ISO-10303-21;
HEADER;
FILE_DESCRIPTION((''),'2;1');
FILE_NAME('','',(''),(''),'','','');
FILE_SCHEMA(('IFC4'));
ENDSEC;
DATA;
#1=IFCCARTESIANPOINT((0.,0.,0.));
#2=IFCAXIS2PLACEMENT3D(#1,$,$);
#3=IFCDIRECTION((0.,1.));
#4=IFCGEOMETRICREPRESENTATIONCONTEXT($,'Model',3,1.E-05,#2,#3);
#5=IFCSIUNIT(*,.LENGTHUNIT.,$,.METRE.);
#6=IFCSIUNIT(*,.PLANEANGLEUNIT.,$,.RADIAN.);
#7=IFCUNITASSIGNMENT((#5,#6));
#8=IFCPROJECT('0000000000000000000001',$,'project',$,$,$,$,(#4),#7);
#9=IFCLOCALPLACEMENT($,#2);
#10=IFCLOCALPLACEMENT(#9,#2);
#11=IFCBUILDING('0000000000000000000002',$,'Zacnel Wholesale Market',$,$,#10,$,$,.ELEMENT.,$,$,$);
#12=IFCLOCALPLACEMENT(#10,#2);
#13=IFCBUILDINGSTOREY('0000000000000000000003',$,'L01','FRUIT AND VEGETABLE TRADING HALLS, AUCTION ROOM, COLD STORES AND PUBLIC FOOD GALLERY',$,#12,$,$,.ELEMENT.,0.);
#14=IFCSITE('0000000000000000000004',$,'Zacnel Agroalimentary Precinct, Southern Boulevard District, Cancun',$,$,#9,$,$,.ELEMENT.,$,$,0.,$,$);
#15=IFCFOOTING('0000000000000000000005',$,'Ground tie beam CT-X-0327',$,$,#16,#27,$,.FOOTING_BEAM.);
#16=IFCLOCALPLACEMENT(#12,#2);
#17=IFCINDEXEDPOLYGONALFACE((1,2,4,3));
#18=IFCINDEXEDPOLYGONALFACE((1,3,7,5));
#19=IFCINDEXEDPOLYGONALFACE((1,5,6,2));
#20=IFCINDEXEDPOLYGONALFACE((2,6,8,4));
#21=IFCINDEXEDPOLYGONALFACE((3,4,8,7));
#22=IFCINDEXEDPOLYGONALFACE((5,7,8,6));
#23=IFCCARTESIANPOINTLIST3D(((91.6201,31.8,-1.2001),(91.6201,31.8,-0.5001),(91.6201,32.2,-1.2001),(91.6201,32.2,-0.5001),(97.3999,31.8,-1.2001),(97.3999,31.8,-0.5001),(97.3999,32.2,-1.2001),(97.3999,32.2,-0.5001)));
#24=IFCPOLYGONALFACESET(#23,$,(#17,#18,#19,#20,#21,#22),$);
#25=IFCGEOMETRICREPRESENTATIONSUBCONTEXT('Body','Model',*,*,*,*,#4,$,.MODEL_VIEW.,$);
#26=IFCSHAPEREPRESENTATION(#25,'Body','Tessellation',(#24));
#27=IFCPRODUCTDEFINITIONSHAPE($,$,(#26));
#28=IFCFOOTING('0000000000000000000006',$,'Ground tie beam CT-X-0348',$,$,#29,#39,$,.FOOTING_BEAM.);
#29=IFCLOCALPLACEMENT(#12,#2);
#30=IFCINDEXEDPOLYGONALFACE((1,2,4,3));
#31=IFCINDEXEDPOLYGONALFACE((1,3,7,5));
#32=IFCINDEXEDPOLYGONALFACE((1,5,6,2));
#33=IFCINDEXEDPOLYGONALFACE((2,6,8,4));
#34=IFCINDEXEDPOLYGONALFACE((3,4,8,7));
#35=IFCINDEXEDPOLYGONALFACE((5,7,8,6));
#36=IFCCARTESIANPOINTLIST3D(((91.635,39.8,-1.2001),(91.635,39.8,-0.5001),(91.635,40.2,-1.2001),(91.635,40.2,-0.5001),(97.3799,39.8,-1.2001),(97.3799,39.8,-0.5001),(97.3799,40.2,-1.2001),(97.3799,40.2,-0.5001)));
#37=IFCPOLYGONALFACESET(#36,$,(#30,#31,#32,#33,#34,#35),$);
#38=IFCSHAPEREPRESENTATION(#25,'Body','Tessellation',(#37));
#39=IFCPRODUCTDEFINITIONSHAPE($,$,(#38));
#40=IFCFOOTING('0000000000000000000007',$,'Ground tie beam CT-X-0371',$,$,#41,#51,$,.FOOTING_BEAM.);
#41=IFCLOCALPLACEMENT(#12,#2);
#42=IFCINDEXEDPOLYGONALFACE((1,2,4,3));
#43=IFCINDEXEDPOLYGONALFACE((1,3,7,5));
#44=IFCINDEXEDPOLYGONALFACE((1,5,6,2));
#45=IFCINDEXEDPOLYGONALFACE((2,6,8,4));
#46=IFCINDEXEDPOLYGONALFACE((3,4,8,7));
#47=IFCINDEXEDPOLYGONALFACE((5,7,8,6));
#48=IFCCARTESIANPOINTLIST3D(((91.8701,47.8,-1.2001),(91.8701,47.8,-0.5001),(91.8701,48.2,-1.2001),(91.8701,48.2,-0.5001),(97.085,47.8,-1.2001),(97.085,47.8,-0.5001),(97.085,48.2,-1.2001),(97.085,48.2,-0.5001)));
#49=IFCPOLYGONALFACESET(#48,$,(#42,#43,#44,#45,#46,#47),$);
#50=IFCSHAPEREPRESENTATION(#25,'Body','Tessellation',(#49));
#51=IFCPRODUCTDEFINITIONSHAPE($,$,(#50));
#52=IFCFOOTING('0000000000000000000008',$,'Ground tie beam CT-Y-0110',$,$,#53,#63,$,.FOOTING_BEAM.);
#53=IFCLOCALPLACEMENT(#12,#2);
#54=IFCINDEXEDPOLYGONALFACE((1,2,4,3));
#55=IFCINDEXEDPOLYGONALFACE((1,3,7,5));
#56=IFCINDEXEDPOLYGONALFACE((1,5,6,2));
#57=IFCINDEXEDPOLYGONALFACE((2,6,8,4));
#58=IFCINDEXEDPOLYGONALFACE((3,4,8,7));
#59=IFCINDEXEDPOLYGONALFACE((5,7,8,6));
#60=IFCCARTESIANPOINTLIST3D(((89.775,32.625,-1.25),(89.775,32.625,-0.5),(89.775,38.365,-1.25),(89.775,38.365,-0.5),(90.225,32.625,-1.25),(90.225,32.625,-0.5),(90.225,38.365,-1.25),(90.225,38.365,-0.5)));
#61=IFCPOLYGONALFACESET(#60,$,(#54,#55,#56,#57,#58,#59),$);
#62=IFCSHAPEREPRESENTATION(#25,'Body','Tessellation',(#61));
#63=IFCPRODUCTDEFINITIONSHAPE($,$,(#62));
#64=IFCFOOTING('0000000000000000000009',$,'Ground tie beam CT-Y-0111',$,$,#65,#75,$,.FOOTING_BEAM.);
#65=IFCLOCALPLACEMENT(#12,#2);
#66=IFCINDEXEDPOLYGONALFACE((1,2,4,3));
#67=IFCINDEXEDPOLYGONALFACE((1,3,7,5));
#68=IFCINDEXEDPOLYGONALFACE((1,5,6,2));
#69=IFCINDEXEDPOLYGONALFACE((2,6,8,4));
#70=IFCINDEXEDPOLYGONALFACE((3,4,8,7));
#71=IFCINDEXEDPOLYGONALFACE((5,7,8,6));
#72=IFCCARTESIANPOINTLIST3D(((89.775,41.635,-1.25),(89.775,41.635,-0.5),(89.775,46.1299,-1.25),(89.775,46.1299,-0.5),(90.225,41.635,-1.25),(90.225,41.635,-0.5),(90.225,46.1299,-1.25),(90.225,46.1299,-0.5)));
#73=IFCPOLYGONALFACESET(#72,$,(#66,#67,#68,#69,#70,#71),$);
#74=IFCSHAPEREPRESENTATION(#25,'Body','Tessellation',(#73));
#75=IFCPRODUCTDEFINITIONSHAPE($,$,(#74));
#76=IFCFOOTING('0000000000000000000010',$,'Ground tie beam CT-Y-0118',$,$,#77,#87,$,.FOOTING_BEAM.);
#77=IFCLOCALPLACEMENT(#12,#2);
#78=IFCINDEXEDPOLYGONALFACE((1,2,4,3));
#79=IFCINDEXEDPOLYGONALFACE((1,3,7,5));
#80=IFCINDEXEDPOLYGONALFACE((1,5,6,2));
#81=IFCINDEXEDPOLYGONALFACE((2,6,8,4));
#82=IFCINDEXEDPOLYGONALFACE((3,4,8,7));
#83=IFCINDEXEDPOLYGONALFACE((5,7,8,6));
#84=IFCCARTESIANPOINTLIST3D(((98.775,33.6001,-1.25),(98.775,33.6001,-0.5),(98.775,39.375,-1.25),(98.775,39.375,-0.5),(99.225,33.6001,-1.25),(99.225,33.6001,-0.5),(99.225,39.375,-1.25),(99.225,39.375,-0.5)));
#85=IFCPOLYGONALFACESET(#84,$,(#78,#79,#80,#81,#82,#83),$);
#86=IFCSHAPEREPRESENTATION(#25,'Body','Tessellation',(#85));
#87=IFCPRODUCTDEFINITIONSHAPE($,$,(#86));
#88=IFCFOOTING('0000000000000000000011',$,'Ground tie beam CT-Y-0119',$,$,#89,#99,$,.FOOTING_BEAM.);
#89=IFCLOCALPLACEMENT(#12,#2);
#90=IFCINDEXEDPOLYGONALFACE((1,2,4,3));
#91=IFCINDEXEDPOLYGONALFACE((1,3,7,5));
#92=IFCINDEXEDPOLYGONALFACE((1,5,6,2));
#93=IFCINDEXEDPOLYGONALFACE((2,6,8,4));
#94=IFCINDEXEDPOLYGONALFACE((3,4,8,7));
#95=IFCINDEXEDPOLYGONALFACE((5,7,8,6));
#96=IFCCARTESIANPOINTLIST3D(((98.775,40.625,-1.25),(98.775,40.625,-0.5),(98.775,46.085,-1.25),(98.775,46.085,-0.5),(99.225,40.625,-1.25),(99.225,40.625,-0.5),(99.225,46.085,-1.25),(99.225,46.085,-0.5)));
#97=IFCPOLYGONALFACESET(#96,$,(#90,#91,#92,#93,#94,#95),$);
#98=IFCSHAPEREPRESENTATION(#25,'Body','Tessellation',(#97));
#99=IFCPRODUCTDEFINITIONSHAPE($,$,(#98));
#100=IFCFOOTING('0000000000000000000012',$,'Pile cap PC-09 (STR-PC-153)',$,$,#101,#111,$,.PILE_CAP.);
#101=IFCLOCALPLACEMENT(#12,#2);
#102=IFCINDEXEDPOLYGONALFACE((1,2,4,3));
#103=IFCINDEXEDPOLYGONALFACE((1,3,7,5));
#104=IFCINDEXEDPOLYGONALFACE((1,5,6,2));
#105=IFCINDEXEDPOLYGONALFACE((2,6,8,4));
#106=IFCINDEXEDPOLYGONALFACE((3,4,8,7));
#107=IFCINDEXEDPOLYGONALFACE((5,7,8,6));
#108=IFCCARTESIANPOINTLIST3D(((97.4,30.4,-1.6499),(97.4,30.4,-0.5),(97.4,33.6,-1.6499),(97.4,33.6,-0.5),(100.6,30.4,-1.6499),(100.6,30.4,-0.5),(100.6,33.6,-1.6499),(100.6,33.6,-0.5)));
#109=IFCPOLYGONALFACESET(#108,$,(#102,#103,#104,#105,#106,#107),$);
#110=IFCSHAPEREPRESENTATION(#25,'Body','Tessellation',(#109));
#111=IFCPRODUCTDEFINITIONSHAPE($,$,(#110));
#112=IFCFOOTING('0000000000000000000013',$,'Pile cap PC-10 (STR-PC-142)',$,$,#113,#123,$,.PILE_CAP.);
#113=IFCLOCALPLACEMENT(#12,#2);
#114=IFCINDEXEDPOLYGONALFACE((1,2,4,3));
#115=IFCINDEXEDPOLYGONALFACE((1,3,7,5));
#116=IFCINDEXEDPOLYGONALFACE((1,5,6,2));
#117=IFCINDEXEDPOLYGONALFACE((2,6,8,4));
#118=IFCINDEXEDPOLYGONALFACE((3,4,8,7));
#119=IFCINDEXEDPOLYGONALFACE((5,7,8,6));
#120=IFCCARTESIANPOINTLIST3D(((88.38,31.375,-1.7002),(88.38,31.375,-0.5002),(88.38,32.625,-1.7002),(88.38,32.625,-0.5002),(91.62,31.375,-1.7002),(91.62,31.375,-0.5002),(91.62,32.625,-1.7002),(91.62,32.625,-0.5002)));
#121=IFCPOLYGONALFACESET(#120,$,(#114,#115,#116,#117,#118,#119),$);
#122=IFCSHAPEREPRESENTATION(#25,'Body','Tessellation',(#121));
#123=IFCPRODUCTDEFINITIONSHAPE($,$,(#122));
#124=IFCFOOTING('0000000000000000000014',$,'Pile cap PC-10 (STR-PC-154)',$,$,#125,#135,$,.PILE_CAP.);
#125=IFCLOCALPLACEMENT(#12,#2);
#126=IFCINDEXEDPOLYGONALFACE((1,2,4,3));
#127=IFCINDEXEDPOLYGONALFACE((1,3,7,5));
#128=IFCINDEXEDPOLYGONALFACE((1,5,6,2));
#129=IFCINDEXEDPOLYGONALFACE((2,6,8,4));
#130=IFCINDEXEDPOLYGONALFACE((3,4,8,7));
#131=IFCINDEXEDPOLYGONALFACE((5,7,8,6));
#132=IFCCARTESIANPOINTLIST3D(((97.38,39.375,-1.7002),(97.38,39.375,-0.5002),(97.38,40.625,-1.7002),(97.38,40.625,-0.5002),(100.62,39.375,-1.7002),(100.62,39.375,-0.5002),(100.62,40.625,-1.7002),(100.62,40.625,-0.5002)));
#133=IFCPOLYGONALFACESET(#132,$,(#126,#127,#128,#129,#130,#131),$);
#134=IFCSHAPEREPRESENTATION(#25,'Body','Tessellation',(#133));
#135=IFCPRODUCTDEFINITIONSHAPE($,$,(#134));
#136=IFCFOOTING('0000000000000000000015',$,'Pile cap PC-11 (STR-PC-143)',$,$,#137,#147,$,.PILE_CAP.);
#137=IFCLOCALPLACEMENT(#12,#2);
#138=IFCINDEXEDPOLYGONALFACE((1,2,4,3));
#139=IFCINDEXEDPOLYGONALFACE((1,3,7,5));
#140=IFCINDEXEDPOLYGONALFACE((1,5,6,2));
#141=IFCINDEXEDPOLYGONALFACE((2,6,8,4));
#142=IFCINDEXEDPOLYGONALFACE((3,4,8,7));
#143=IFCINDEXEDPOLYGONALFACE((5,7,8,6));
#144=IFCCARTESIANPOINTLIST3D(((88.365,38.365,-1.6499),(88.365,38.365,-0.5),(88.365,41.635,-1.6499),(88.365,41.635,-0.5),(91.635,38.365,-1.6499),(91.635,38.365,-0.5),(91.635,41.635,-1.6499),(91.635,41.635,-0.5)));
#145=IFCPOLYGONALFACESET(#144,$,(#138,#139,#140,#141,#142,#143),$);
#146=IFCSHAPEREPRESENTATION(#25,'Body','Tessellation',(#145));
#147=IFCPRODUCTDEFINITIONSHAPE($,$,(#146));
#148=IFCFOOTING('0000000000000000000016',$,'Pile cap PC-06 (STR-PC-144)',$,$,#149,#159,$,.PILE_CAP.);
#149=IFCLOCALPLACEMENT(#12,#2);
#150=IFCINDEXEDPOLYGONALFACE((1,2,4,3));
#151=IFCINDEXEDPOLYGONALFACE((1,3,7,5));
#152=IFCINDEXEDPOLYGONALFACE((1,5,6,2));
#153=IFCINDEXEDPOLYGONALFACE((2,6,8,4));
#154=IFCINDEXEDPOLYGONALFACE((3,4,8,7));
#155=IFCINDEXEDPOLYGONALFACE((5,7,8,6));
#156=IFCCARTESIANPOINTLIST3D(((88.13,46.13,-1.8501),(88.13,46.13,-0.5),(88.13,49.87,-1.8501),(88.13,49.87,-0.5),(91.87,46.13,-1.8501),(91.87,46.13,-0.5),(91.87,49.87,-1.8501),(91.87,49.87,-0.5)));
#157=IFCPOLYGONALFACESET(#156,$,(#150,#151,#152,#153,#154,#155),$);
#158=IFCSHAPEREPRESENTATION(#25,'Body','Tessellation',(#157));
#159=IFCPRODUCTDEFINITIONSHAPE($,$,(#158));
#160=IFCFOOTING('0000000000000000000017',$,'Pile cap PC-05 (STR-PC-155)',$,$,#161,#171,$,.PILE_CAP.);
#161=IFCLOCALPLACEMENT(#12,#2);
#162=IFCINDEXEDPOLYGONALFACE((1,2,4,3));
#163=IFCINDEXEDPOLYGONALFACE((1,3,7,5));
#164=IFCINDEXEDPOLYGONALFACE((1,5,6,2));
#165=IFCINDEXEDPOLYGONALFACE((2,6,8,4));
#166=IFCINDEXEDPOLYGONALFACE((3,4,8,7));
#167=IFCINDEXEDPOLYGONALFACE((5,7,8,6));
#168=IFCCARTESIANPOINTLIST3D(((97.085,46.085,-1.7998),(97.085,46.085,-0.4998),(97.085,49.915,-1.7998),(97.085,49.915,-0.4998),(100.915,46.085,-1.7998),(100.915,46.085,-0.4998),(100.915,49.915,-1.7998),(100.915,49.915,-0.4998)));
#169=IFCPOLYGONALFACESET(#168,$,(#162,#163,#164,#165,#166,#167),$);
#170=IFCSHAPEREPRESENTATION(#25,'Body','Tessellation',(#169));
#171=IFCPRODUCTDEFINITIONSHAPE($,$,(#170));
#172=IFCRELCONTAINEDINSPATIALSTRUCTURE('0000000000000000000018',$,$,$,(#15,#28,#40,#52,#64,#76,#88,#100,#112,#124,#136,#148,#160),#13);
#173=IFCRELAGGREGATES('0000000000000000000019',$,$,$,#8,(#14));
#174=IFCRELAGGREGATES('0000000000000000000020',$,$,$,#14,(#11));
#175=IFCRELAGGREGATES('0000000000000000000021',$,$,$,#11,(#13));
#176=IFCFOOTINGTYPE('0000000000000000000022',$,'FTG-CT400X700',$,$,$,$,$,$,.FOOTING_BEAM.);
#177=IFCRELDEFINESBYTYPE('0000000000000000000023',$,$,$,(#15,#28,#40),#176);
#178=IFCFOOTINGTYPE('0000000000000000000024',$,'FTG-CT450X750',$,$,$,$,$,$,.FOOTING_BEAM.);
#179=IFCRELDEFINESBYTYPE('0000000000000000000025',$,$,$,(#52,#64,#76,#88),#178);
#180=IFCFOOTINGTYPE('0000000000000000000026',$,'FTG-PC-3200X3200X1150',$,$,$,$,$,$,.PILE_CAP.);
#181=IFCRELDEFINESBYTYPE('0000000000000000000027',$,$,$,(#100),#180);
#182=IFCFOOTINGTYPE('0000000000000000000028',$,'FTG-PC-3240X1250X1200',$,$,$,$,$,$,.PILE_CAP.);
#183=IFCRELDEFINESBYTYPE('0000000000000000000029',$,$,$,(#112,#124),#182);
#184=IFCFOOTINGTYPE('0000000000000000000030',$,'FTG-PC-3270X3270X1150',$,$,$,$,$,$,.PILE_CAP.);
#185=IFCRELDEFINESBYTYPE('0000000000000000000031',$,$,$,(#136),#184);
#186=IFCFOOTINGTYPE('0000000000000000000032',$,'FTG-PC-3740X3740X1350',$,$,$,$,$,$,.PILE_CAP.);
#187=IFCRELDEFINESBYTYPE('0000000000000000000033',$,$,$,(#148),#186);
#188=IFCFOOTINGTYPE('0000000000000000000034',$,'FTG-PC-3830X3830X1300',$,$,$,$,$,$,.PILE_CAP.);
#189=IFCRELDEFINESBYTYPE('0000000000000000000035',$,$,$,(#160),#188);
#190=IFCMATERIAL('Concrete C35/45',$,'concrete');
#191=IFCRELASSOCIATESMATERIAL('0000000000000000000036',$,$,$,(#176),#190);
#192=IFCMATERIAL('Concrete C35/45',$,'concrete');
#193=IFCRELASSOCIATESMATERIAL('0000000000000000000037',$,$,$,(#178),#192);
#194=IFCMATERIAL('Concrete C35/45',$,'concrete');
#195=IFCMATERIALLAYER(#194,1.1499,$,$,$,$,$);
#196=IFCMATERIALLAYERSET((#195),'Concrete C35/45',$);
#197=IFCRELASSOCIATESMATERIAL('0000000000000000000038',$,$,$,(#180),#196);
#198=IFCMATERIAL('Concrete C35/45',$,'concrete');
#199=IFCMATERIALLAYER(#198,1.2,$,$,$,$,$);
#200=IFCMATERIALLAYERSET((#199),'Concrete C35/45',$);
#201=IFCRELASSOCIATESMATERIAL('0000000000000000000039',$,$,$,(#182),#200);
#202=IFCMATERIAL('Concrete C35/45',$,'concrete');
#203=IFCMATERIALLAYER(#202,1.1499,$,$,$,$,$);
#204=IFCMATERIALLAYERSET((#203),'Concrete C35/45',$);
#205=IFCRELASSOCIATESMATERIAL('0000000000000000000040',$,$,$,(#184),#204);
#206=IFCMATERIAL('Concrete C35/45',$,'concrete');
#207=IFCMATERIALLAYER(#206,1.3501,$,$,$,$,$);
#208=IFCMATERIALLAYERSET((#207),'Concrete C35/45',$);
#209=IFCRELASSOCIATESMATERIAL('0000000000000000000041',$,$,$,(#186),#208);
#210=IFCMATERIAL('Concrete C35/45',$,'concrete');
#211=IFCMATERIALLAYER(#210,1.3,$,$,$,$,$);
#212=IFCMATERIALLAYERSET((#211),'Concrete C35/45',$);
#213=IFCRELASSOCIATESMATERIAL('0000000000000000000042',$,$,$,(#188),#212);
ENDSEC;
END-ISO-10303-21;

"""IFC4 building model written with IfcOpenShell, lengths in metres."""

from ifc_helpers import new_model, si_unit, direction, frame, origin, origin_2d, place, context, subcontext, project, spatial, rectangle, extrude, material, layer, layer_set, material_profile, profile_set, type_object, element, save


model = new_model("IFC4")

# Units and contexts
model_context = context("Model", 3, precision=1e-05, world=origin(), true_north=direction((0.0, 1.0)))
body_context = subcontext(model_context, "Body", "Model", "MODEL_VIEW")
ifc_project = project(units=[si_unit("LENGTHUNIT", "METRE"), si_unit("PLANEANGLEUNIT", "RADIAN")], contexts=[model_context])

# Site, building, storey
site_placement = place(None, origin())
site = spatial("IfcSite", under=ifc_project, at=site_placement, Name="Zacnel Agroalimentary Precinct, Southern Boulevard District, Cancun", CompositionType="ELEMENT", RefElevation=0.0)
building_placement = place(site_placement, origin())
building = spatial("IfcBuilding", under=site, at=building_placement, Name="Zacnel Wholesale Market", CompositionType="ELEMENT")
storey_placement = place(building_placement, origin())
storey = spatial("IfcBuildingStorey", under=building, at=storey_placement, Name="L01", Description="FRUIT AND VEGETABLE TRADING HALLS, AUCTION ROOM, COLD STORES AND PUBLIC FOOD GALLERY", CompositionType="ELEMENT", Elevation=0.0)

# Footings
ifc_material_1 = material(Name="Concrete C35/45", Category="concrete")
ifc_material_profile_1 = material_profile(ifc_material_1, rectangle(XDim=0.3999, YDim=0.7, at=origin_2d()), Name="CT 400x700")
ifc_profile_set_1 = profile_set([ifc_material_profile_1], Name="Concrete C35/45")
footing_type_1 = type_object("IfcFootingType", Name="FTG-CT400X700", PredefinedType="FOOTING_BEAM", material=ifc_profile_set_1)
footing_1_placement = place(storey_placement, frame((91.6201, 32.0, -0.8501), z_axis=(1.0, 0.0, 0.0), x_axis=(0.0, 1.0, 0.0)))
element("IfcFooting", 1, at=footing_1_placement, inside=storey, type_object=footing_type_1, Name="Ground tie beam CT-X-0327", PredefinedType="FOOTING_BEAM", context=body_context, shape_type="SweptSolid", body=[
    extrude(rectangle(XDim=0.3999, YDim=0.7, at=origin_2d()), origin(), (0.0, 0.0, 1.0), 5.7798),
])
footing_2_placement = place(storey_placement, frame((91.635, 40.0, -0.8501), z_axis=(1.0, 0.0, 0.0), x_axis=(0.0, 1.0, 0.0)))
element("IfcFooting", 2, at=footing_2_placement, inside=storey, type_object=footing_type_1, Name="Ground tie beam CT-X-0348", PredefinedType="FOOTING_BEAM", context=body_context, shape_type="SweptSolid", body=[
    extrude(rectangle(XDim=0.3999, YDim=0.7, at=origin_2d()), origin(), (0.0, 0.0, 1.0), 5.7449),
])
footing_3_placement = place(storey_placement, frame((91.8701, 48.0, -0.8501), z_axis=(1.0, 0.0, 0.0), x_axis=(0.0, 1.0, 0.0)))
element("IfcFooting", 3, at=footing_3_placement, inside=storey, type_object=footing_type_1, Name="Ground tie beam CT-X-0371", PredefinedType="FOOTING_BEAM", context=body_context, shape_type="SweptSolid", body=[
    extrude(rectangle(XDim=0.3999, YDim=0.7, at=origin_2d()), origin(), (0.0, 0.0, 1.0), 5.2148),
])
ifc_material_2 = material(Name="Concrete C35/45", Category="concrete")
ifc_material_profile_2 = material_profile(ifc_material_2, rectangle(XDim=0.45, YDim=0.75, at=origin_2d()), Name="CT 450x750")
ifc_profile_set_2 = profile_set([ifc_material_profile_2], Name="Concrete C35/45")
footing_type_2 = type_object("IfcFootingType", Name="FTG-CT450X750", PredefinedType="FOOTING_BEAM", material=ifc_profile_set_2)
footing_4_placement = place(storey_placement, frame((90.0, 32.625, -0.875), z_axis=(0.0, 1.0, 0.0), x_axis=(-1.0, 0.0, 0.0)))
element("IfcFooting", 4, at=footing_4_placement, inside=storey, type_object=footing_type_2, Name="Ground tie beam CT-Y-0110", PredefinedType="FOOTING_BEAM", context=body_context, shape_type="SweptSolid", body=[
    extrude(rectangle(XDim=0.45, YDim=0.75, at=origin_2d()), origin(), (0.0, 0.0, 1.0), 5.74),
])
footing_5_placement = place(storey_placement, frame((90.0, 41.635, -0.875), z_axis=(0.0, 1.0, 0.0), x_axis=(-1.0, 0.0, 0.0)))
element("IfcFooting", 5, at=footing_5_placement, inside=storey, type_object=footing_type_2, Name="Ground tie beam CT-Y-0111", PredefinedType="FOOTING_BEAM", context=body_context, shape_type="SweptSolid", body=[
    extrude(rectangle(XDim=0.45, YDim=0.75, at=origin_2d()), origin(), (0.0, 0.0, 1.0), 4.4949),
])
footing_6_placement = place(storey_placement, frame((99.0, 33.6001, -0.875), z_axis=(0.0, 1.0, 0.0), x_axis=(-1.0, 0.0, 0.0)))
element("IfcFooting", 6, at=footing_6_placement, inside=storey, type_object=footing_type_2, Name="Ground tie beam CT-Y-0118", PredefinedType="FOOTING_BEAM", context=body_context, shape_type="SweptSolid", body=[
    extrude(rectangle(XDim=0.45, YDim=0.75, at=origin_2d()), origin(), (0.0, 0.0, 1.0), 5.7749),
])
footing_7_placement = place(storey_placement, frame((99.0, 40.625, -0.875), z_axis=(0.0, 1.0, 0.0), x_axis=(-1.0, 0.0, 0.0)))
element("IfcFooting", 7, at=footing_7_placement, inside=storey, type_object=footing_type_2, Name="Ground tie beam CT-Y-0119", PredefinedType="FOOTING_BEAM", context=body_context, shape_type="SweptSolid", body=[
    extrude(rectangle(XDim=0.45, YDim=0.75, at=origin_2d()), origin(), (0.0, 0.0, 1.0), 5.46),
])
ifc_material_3 = material(Name="Concrete C35/45", Category="concrete")
ifc_layer_1 = layer(ifc_material_3, 1.1499)
ifc_layer_set_1 = layer_set([ifc_layer_1], Name="Concrete C35/45")
footing_type_3 = type_object("IfcFootingType", Name="FTG-PC-3200X3200X1150", PredefinedType="PILE_CAP", material=ifc_layer_set_1)
footing_8_placement = place(storey_placement, frame((99.0, 32.0, -1.6499), z_axis=(0.0, 0.0, 1.0), x_axis=(1.0, 0.0, 0.0)))
element("IfcFooting", 8, at=footing_8_placement, inside=storey, type_object=footing_type_3, Name="Pile cap PC-09 (STR-PC-153)", PredefinedType="PILE_CAP", context=body_context, shape_type="SweptSolid", body=[
    extrude(rectangle(XDim=3.2, YDim=3.2, at=origin_2d()), origin(), (0.0, 0.0, 1.0), 1.1499),
])
ifc_material_4 = material(Name="Concrete C35/45", Category="concrete")
ifc_layer_2 = layer(ifc_material_4, 1.2)
ifc_layer_set_2 = layer_set([ifc_layer_2], Name="Concrete C35/45")
footing_type_4 = type_object("IfcFootingType", Name="FTG-PC-3240X1250X1200", PredefinedType="PILE_CAP", material=ifc_layer_set_2)
for number, where, z_axis, x_axis, name in (
    (9, (90.0, 32.0, -1.7002), (0.0, 0.0, 1.0), (1.0, 0.0, 0.0), "Pile cap PC-10 (STR-PC-142)"),
    (10, (99.0, 40.0, -1.7002), (0.0, 0.0, 1.0), (1.0, 0.0, 0.0), "Pile cap PC-10 (STR-PC-154)"),
):
    element("IfcFooting", number, at=place(storey_placement, frame(where, z_axis=z_axis, x_axis=x_axis)), inside=storey, type_object=footing_type_4, Name=name, PredefinedType="PILE_CAP", context=body_context, shape_type="SweptSolid", body=[
        extrude(rectangle(XDim=3.24, YDim=1.25, at=origin_2d()), origin(), (0.0, 0.0, 1.0), 1.2),
    ])
ifc_material_5 = material(Name="Concrete C35/45", Category="concrete")
ifc_layer_3 = layer(ifc_material_5, 1.1499)
ifc_layer_set_3 = layer_set([ifc_layer_3], Name="Concrete C35/45")
footing_type_5 = type_object("IfcFootingType", Name="FTG-PC-3270X3270X1150", PredefinedType="PILE_CAP", material=ifc_layer_set_3)
footing_9_placement = place(storey_placement, frame((90.0, 40.0, -1.6499), z_axis=(0.0, 0.0, 1.0), x_axis=(1.0, 0.0, 0.0)))
element("IfcFooting", 11, at=footing_9_placement, inside=storey, type_object=footing_type_5, Name="Pile cap PC-11 (STR-PC-143)", PredefinedType="PILE_CAP", context=body_context, shape_type="SweptSolid", body=[
    extrude(rectangle(XDim=3.27, YDim=3.27, at=origin_2d()), origin(), (0.0, 0.0, 1.0), 1.1499),
])
ifc_material_6 = material(Name="Concrete C35/45", Category="concrete")
ifc_layer_4 = layer(ifc_material_6, 1.3501)
ifc_layer_set_4 = layer_set([ifc_layer_4], Name="Concrete C35/45")
footing_type_6 = type_object("IfcFootingType", Name="FTG-PC-3740X3740X1350", PredefinedType="PILE_CAP", material=ifc_layer_set_4)
footing_10_placement = place(storey_placement, frame((90.0, 48.0, -1.8501), z_axis=(0.0, 0.0, 1.0), x_axis=(1.0, 0.0, 0.0)))
element("IfcFooting", 12, at=footing_10_placement, inside=storey, type_object=footing_type_6, Name="Pile cap PC-06 (STR-PC-144)", PredefinedType="PILE_CAP", context=body_context, shape_type="SweptSolid", body=[
    extrude(rectangle(XDim=3.74, YDim=3.74, at=origin_2d()), origin(), (0.0, 0.0, 1.0), 1.3501),
])
ifc_material_7 = material(Name="Concrete C35/45", Category="concrete")
ifc_layer_5 = layer(ifc_material_7, 1.3)
ifc_layer_set_5 = layer_set([ifc_layer_5], Name="Concrete C35/45")
footing_type_7 = type_object("IfcFootingType", Name="FTG-PC-3830X3830X1300", PredefinedType="PILE_CAP", material=ifc_layer_set_5)
footing_11_placement = place(storey_placement, frame((99.0, 48.0, -1.7998), z_axis=(0.0, 0.0, 1.0), x_axis=(1.0, 0.0, 0.0)))
element("IfcFooting", 13, at=footing_11_placement, inside=storey, type_object=footing_type_7, Name="Pile cap PC-05 (STR-PC-155)", PredefinedType="PILE_CAP", context=body_context, shape_type="SweptSolid", body=[
    extrude(rectangle(XDim=3.8301, YDim=3.8301, at=origin_2d()), origin(), (0.0, 0.0, 1.0), 1.3),
])

save(model, "model.ifc")
